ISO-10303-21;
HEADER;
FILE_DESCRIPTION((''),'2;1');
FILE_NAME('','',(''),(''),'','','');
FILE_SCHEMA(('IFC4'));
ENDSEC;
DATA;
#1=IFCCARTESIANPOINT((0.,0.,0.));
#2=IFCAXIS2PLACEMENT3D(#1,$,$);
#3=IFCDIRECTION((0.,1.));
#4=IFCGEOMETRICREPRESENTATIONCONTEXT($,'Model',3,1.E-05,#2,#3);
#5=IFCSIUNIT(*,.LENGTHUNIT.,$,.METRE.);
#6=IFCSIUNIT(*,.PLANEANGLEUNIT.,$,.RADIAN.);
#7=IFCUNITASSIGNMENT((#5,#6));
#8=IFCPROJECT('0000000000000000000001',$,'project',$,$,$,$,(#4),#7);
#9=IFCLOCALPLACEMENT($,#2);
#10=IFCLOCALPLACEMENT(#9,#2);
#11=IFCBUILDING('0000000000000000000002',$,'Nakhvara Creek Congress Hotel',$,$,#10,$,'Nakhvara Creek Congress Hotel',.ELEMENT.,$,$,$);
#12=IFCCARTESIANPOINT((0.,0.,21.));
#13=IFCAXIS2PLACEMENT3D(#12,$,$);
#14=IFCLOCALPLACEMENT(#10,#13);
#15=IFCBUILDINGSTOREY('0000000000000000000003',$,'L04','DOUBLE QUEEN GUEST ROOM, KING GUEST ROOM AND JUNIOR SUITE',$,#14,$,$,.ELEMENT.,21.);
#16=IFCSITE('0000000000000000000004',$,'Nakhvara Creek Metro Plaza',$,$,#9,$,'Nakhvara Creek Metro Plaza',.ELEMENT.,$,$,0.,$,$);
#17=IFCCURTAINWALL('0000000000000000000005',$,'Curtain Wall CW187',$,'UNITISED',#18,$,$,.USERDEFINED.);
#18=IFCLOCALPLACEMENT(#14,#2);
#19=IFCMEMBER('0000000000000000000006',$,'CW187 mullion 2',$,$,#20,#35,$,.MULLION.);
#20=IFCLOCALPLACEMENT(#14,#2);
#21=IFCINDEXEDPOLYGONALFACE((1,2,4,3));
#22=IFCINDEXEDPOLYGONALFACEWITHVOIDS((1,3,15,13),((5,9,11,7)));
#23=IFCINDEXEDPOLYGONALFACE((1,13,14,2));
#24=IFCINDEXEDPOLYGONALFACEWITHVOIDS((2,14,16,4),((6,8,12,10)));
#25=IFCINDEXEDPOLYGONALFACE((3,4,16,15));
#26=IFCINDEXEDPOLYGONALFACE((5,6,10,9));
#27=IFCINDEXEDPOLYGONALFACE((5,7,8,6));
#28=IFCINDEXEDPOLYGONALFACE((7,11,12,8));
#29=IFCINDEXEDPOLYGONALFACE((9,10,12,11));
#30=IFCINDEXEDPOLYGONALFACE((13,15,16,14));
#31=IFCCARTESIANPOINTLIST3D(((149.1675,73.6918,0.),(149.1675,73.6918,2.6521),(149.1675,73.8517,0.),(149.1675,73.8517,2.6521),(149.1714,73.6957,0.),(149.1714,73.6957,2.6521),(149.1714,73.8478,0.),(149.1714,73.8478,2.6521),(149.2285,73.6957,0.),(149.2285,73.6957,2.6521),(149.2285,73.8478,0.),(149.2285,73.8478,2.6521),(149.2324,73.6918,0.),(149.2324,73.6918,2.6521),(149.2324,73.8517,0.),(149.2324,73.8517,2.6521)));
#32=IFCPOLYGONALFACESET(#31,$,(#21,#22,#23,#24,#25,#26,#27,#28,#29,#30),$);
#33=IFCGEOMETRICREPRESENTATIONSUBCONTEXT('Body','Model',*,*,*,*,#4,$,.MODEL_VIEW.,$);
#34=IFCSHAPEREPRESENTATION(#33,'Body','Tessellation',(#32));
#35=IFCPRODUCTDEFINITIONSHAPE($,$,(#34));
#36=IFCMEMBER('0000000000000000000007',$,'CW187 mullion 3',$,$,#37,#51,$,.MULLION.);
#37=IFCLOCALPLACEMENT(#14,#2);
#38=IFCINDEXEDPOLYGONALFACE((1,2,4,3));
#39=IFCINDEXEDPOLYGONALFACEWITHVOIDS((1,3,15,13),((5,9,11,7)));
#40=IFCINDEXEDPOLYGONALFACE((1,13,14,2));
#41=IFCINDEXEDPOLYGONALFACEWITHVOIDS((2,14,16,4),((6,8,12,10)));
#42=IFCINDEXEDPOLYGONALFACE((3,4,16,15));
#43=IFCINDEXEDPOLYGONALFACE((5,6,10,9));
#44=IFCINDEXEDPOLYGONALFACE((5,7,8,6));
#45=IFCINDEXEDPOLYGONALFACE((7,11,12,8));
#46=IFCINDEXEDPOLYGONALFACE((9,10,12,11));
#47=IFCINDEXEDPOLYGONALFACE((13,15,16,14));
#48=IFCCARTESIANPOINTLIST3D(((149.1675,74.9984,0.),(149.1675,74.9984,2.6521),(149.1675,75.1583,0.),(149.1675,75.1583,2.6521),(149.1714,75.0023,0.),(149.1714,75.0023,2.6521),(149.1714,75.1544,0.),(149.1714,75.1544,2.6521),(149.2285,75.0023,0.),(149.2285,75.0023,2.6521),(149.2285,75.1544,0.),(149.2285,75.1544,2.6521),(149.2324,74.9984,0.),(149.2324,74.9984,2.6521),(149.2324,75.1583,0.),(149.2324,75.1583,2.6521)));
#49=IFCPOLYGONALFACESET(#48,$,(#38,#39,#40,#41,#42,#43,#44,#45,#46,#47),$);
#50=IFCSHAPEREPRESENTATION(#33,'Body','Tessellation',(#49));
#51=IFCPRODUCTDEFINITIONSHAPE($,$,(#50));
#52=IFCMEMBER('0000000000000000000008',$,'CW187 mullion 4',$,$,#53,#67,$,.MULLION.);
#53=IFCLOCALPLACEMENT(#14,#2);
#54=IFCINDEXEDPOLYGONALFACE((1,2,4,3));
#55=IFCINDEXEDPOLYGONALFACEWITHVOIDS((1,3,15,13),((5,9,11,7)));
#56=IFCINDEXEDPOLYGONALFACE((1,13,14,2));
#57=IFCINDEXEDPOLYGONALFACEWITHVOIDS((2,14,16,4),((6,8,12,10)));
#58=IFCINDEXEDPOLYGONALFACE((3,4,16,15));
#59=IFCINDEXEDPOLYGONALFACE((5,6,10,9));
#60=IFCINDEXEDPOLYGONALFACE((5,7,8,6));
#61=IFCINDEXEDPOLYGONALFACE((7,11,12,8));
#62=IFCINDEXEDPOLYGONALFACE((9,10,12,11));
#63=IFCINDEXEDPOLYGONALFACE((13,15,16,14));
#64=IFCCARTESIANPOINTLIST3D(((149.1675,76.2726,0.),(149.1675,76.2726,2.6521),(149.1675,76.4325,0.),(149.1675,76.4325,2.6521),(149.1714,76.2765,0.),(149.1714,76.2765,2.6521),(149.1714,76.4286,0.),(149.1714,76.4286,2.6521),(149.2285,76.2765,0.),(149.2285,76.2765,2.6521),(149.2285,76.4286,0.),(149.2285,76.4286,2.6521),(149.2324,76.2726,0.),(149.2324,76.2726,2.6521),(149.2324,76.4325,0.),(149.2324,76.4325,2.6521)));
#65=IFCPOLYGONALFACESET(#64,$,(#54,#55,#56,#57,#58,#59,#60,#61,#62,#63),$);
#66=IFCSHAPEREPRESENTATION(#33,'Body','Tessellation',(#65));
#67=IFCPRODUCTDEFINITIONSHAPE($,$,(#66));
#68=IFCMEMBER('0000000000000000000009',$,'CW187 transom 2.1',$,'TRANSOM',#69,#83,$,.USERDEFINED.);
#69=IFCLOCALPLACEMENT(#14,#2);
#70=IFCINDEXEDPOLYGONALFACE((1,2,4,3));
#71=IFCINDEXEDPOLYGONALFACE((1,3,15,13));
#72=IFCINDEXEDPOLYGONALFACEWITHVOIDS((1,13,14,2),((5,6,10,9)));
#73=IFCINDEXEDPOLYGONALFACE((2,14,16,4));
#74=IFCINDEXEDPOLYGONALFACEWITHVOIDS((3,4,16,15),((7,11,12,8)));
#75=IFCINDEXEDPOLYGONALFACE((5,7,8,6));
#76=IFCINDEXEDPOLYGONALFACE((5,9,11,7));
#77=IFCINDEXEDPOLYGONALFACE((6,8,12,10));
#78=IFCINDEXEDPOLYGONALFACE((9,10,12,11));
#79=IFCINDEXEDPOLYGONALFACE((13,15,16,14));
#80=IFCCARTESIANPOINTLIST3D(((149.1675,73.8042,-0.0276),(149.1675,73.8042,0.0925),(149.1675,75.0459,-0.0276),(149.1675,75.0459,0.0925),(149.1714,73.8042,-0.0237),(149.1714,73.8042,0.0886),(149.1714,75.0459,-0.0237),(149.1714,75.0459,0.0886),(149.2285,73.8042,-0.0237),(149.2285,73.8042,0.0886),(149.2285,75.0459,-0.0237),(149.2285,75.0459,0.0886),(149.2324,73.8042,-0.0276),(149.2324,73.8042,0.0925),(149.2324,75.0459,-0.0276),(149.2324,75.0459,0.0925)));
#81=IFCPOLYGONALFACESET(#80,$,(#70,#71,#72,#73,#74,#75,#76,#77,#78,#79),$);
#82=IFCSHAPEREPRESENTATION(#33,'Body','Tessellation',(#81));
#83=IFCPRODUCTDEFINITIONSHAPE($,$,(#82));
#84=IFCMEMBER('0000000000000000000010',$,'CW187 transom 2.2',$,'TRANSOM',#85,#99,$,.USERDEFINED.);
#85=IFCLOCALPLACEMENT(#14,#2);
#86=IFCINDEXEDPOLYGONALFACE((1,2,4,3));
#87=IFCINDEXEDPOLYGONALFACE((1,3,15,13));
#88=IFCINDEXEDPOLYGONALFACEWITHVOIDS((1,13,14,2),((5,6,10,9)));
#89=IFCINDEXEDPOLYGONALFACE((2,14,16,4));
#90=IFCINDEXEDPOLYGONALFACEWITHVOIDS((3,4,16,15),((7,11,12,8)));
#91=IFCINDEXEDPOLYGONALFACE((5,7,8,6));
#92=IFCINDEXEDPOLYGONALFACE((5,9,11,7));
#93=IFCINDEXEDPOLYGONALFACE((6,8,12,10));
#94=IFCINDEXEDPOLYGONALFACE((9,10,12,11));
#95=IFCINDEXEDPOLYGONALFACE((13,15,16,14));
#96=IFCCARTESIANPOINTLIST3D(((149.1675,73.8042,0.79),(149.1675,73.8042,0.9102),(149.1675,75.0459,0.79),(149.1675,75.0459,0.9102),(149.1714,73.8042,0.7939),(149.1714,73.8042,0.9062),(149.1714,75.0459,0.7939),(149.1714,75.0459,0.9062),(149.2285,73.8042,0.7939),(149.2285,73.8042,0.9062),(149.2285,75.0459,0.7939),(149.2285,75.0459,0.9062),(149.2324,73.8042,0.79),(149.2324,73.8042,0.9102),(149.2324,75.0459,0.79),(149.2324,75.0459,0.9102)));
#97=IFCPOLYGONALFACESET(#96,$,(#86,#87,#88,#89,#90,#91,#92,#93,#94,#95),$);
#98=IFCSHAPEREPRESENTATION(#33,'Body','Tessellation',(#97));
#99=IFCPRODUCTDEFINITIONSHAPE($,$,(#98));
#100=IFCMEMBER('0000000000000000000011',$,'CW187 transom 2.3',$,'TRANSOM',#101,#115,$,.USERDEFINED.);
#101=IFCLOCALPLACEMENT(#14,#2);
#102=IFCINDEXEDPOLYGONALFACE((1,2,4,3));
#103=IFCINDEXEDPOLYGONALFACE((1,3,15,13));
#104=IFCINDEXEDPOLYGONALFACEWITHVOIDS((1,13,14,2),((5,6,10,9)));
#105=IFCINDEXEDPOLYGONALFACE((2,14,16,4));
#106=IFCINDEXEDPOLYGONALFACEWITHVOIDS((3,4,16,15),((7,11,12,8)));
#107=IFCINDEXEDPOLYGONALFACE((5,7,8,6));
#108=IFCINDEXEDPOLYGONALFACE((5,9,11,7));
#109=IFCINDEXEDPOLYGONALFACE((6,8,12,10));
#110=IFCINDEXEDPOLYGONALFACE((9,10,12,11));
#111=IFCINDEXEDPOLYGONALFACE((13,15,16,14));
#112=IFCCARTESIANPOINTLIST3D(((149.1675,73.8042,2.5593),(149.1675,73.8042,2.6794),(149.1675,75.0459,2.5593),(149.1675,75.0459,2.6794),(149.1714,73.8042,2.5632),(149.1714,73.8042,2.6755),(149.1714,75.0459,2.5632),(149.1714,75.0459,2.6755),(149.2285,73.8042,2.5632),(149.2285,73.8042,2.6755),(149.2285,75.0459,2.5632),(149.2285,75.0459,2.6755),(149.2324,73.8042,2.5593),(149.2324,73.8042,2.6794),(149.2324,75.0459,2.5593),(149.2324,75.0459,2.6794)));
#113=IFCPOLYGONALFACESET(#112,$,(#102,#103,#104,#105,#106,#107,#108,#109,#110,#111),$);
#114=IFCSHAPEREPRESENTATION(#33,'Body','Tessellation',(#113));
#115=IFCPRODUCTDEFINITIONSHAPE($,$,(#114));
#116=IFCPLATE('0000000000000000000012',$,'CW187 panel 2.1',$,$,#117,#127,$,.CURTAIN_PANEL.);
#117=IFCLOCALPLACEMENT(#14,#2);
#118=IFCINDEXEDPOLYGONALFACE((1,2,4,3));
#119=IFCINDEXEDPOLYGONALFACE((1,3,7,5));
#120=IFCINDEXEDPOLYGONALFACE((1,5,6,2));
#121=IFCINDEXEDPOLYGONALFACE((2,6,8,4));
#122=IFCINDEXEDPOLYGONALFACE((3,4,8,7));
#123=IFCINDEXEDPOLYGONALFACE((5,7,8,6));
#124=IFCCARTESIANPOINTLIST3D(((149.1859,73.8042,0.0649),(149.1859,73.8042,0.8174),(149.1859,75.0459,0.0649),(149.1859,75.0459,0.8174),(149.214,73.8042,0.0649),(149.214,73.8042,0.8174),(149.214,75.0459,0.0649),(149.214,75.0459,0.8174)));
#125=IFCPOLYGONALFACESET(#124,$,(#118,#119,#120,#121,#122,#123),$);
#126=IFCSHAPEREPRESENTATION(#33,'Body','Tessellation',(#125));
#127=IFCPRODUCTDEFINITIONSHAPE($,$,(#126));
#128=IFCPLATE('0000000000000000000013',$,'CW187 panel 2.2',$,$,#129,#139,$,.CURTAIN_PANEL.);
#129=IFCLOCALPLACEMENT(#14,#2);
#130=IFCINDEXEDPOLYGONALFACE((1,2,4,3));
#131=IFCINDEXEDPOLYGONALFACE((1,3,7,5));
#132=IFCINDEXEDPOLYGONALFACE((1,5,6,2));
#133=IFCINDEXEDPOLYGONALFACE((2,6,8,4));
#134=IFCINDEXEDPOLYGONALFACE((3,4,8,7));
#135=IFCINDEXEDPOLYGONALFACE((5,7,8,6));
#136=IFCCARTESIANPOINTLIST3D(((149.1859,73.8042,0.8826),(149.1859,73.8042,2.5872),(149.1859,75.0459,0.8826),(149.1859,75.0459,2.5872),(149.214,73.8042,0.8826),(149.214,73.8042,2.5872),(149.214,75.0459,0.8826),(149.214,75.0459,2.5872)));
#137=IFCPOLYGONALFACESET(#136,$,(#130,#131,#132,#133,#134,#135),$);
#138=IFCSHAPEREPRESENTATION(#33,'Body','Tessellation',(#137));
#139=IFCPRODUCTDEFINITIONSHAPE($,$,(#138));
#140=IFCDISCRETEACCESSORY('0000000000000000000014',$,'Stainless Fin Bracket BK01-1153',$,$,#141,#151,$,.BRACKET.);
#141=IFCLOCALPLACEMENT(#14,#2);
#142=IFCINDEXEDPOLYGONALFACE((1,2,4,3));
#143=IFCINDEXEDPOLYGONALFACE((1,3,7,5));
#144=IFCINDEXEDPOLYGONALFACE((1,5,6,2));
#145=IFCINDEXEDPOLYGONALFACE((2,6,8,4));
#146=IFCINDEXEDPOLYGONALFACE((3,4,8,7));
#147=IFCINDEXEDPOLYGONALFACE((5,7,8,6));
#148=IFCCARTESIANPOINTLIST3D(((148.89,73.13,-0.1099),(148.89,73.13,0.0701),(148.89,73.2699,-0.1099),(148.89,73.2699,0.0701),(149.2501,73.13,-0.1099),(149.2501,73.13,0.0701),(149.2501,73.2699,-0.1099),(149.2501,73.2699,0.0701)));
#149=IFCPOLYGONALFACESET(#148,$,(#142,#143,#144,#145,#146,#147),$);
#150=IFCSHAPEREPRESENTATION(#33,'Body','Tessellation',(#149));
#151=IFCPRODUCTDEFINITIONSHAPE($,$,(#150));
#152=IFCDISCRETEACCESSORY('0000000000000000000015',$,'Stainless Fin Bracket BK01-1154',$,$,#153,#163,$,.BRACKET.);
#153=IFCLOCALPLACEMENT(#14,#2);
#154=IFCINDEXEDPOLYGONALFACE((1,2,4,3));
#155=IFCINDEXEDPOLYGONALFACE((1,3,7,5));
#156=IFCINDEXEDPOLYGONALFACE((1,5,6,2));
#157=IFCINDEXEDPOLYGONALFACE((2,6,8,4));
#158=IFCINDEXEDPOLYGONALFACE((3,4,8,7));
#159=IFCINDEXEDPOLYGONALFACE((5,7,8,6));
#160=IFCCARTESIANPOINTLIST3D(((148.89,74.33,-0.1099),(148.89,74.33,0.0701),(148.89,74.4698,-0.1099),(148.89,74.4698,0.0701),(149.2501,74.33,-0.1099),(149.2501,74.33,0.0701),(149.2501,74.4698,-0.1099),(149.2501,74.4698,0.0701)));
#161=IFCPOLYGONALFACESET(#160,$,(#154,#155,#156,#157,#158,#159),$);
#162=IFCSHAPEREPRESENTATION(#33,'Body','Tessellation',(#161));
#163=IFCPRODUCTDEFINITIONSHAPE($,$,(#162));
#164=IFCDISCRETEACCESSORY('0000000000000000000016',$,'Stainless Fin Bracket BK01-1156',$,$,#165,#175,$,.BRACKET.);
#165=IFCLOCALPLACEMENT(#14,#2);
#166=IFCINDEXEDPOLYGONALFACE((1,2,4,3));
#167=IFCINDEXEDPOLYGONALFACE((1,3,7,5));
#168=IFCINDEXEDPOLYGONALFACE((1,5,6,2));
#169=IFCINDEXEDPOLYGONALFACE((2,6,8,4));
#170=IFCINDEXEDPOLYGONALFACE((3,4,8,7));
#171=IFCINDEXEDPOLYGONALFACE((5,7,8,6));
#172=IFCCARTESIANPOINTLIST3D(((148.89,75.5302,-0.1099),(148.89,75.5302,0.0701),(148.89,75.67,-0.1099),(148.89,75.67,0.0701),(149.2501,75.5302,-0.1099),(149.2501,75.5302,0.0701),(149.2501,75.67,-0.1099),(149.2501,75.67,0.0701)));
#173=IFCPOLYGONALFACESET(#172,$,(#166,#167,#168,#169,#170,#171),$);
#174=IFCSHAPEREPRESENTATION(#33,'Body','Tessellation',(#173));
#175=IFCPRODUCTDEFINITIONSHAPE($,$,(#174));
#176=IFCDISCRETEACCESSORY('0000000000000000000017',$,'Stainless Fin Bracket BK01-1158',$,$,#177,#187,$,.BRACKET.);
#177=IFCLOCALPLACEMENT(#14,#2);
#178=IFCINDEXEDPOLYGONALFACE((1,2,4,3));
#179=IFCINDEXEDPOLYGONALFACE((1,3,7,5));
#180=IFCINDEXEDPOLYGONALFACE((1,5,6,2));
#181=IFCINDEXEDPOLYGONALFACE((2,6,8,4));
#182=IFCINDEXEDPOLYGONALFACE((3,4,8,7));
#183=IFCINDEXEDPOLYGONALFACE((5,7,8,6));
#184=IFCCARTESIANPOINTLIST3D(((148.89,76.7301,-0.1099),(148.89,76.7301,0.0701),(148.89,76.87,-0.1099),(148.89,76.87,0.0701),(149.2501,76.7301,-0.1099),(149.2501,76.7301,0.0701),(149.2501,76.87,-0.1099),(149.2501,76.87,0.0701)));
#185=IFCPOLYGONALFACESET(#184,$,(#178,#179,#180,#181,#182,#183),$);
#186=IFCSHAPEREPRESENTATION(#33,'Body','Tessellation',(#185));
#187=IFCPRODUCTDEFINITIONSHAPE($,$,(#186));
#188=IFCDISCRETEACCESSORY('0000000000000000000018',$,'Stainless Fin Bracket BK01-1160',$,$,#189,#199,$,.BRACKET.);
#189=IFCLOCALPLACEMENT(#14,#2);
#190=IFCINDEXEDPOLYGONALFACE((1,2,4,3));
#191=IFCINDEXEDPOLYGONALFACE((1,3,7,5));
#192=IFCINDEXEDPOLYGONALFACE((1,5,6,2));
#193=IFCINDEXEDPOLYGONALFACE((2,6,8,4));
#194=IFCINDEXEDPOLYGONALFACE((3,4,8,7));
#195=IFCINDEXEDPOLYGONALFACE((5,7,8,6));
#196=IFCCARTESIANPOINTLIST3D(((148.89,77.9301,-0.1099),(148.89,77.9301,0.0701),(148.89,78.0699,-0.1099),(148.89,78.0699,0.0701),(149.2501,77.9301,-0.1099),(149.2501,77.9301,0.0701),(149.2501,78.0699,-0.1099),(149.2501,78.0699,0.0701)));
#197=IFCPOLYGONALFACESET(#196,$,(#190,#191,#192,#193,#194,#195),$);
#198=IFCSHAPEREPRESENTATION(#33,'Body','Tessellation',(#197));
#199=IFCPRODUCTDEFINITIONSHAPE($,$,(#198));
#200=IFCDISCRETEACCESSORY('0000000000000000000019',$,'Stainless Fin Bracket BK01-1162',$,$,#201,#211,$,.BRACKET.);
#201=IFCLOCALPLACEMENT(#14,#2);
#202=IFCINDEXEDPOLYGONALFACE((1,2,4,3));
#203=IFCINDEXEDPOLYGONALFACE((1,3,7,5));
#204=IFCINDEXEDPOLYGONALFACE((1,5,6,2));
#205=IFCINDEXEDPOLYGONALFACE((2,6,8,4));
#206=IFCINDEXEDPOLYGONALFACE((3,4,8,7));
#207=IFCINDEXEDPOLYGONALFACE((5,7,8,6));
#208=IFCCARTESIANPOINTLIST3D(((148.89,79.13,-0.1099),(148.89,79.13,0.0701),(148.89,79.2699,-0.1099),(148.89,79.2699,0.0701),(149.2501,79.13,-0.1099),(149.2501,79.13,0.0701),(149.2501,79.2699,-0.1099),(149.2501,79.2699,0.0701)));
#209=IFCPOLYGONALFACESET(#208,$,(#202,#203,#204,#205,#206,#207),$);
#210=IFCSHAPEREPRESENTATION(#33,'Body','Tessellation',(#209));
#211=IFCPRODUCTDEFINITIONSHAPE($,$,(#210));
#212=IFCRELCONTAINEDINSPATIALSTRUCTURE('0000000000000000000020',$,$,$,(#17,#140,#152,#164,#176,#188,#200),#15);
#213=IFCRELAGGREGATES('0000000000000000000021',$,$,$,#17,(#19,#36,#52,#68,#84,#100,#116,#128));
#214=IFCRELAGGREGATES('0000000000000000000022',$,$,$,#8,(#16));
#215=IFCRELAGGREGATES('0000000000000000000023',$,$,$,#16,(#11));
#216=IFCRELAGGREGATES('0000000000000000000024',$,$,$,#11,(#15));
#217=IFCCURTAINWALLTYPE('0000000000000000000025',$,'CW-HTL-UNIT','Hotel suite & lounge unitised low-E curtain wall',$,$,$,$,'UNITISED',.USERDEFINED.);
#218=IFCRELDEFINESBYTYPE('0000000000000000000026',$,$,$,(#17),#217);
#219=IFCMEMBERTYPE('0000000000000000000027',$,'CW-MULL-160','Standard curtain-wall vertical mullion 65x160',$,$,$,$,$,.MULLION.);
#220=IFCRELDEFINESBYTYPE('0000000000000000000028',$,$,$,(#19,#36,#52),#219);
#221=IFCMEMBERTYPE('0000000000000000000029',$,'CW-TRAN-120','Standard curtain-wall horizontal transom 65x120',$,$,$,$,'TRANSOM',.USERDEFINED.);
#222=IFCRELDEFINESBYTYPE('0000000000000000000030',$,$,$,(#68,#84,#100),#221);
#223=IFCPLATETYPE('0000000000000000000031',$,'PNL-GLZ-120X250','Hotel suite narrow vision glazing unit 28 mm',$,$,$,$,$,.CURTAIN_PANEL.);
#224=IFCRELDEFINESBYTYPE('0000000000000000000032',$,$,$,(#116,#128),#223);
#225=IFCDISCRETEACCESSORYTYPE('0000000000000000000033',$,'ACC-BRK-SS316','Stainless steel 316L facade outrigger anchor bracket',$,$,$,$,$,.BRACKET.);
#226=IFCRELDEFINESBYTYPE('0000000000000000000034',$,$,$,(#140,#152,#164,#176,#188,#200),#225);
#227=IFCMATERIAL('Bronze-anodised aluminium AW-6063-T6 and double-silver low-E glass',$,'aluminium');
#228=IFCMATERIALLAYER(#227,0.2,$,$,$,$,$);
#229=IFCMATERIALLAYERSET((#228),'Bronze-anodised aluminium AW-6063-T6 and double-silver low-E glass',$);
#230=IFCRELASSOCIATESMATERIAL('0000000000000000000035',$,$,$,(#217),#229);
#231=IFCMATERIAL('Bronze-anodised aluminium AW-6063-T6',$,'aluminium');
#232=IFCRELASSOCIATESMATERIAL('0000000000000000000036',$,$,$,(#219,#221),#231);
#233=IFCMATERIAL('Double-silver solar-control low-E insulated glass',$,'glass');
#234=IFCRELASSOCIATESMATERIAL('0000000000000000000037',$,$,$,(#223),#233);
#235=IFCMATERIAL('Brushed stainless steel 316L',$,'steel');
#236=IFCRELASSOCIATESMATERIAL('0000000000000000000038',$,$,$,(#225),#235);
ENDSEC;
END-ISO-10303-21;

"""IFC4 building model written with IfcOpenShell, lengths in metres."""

from ifc_helpers import new_model, si_unit, direction, frame, origin, origin_2d, place, context, subcontext, project, spatial, rectangle, hollow_rectangle, extrude, material, layer, layer_set, material_profile, profile_set, type_object, element, aggregate, save


model = new_model("IFC4")

# Units and contexts
model_context = context("Model", 3, precision=1e-05, world=origin(), true_north=direction((0.0, 1.0)))
body_context = subcontext(model_context, "Body", "Model", "MODEL_VIEW")
ifc_project = project(units=[si_unit("LENGTHUNIT", "METRE"), si_unit("PLANEANGLEUNIT", "RADIAN")], contexts=[model_context])

# Site, building, storey
site_placement = place(None, origin())
site = spatial("IfcSite", under=ifc_project, at=site_placement, Name="Nakhvara Creek Metro Plaza", LongName="Nakhvara Creek Metro Plaza", CompositionType="ELEMENT", RefElevation=0.0)
building_placement = place(site_placement, origin())
building = spatial("IfcBuilding", under=site, at=building_placement, Name="Nakhvara Creek Congress Hotel", LongName="Nakhvara Creek Congress Hotel", CompositionType="ELEMENT")
storey_placement = place(building_placement, frame((0.0, 0.0, 21.0)))
storey = spatial("IfcBuildingStorey", under=building, at=storey_placement, Name="L04", Description="DOUBLE QUEEN GUEST ROOM, KING GUEST ROOM AND JUNIOR SUITE", CompositionType="ELEMENT", Elevation=21.0)

# Curtain wall, members, plates
ifc_material_1 = material(Name="Bronze-anodised aluminium AW-6063-T6 and double-silver low-E glass", Category="aluminium")
ifc_layer = layer(ifc_material_1, 0.2)
ifc_layer_set = layer_set([ifc_layer], Name="Bronze-anodised aluminium AW-6063-T6 and double-silver low-E glass")
curtain_wall_type = type_object("IfcCurtainWallType", Name="CW-HTL-UNIT", Description="Hotel suite & lounge unitised low-E curtain wall", ElementType="UNITISED", PredefinedType="USERDEFINED", material=ifc_layer_set)
curtain_wall_placement = place(storey_placement, origin())
curtain_wall = element("IfcCurtainWall", 1, at=curtain_wall_placement, inside=storey, type_object=curtain_wall_type, Name="Curtain Wall CW187", ObjectType="UNITISED", PredefinedType="USERDEFINED")
ifc_material_2 = material(Name="Bronze-anodised aluminium AW-6063-T6", Category="aluminium")
ifc_material_profile_1 = material_profile(ifc_material_2, hollow_rectangle(XDim=0.0649, YDim=0.1599, WallThickness=0.0039, at=origin_2d()), Name="ALU-MULL 65x160x4", Category="LoadBearing")
ifc_profile_set_1 = profile_set([ifc_material_profile_1], Name="Bronze-anodised aluminium AW-6063-T6")
member_type_1 = type_object("IfcMemberType", Name="CW-MULL-160", Description="Standard curtain-wall vertical mullion 65x160", PredefinedType="MULLION", material=ifc_profile_set_1)
member_1_placement = place(storey_placement, frame((149.2, 73.7717, 0.0), z_axis=(0.0, 0.0, 1.0), x_axis=(-1.0, 0.0, 0.0)))
member_1 = element("IfcMember", 2, at=member_1_placement, type_object=member_type_1, Name="CW187 mullion 2", PredefinedType="MULLION", context=body_context, shape_type="SweptSolid", body=[
    extrude(hollow_rectangle(XDim=0.0649, YDim=0.1599, WallThickness=0.0039, at=origin_2d()), origin(), (0.0, 0.0, 1.0), 2.6521),
])
member_2_placement = place(storey_placement, frame((149.2, 75.0784, 0.0), z_axis=(0.0, 0.0, 1.0), x_axis=(-1.0, 0.0, 0.0)))
member_2 = element("IfcMember", 3, at=member_2_placement, type_object=member_type_1, Name="CW187 mullion 3", PredefinedType="MULLION", context=body_context, shape_type="SweptSolid", body=[
    extrude(hollow_rectangle(XDim=0.0649, YDim=0.1599, WallThickness=0.0039, at=origin_2d()), origin(), (0.0, 0.0, 1.0), 2.6521),
])
member_3_placement = place(storey_placement, frame((149.2, 76.3525, 0.0), z_axis=(0.0, 0.0, 1.0), x_axis=(-1.0, 0.0, 0.0)))
member_3 = element("IfcMember", 4, at=member_3_placement, type_object=member_type_1, Name="CW187 mullion 4", PredefinedType="MULLION", context=body_context, shape_type="SweptSolid", body=[
    extrude(hollow_rectangle(XDim=0.0649, YDim=0.1599, WallThickness=0.0039, at=origin_2d()), origin(), (0.0, 0.0, 1.0), 2.6521),
])
ifc_material_profile_2 = material_profile(ifc_material_2, hollow_rectangle(XDim=0.0649, YDim=0.1201, WallThickness=0.0039, at=origin_2d()), Name="ALU-TRAN 65x120x4", Category="LoadBearing")
ifc_profile_set_2 = profile_set([ifc_material_profile_2], Name="Bronze-anodised aluminium AW-6063-T6")
member_type_2 = type_object("IfcMemberType", Name="CW-TRAN-120", Description="Standard curtain-wall horizontal transom 65x120", ElementType="TRANSOM", PredefinedType="USERDEFINED", material=ifc_profile_set_2)
member_4_placement = place(storey_placement, frame((149.2, 73.8042, 0.0325), z_axis=(0.0, 1.0, 0.0), x_axis=(-1.0, 0.0, 0.0)))
member_4 = element("IfcMember", 5, at=member_4_placement, type_object=member_type_2, Name="CW187 transom 2.1", ObjectType="TRANSOM", PredefinedType="USERDEFINED", context=body_context, shape_type="SweptSolid", body=[
    extrude(hollow_rectangle(XDim=0.0649, YDim=0.1201, WallThickness=0.0039, at=origin_2d()), origin(), (0.0, 0.0, 1.0), 1.2417),
])
member_5_placement = place(storey_placement, frame((149.2, 73.8042, 0.8501), z_axis=(0.0, 1.0, 0.0), x_axis=(-1.0, 0.0, 0.0)))
member_5 = element("IfcMember", 6, at=member_5_placement, type_object=member_type_2, Name="CW187 transom 2.2", ObjectType="TRANSOM", PredefinedType="USERDEFINED", context=body_context, shape_type="SweptSolid", body=[
    extrude(hollow_rectangle(XDim=0.0649, YDim=0.1201, WallThickness=0.0039, at=origin_2d()), origin(), (0.0, 0.0, 1.0), 1.2417),
])
member_6_placement = place(storey_placement, frame((149.2, 73.8042, 2.6194), z_axis=(0.0, 1.0, 0.0), x_axis=(-1.0, 0.0, 0.0)))
member_6 = element("IfcMember", 7, at=member_6_placement, type_object=member_type_2, Name="CW187 transom 2.3", ObjectType="TRANSOM", PredefinedType="USERDEFINED", context=body_context, shape_type="SweptSolid", body=[
    extrude(hollow_rectangle(XDim=0.0649, YDim=0.1201, WallThickness=0.0039, at=origin_2d()), origin(), (0.0, 0.0, 1.0), 1.2417),
])
ifc_material_3 = material(Name="Double-silver solar-control low-E insulated glass", Category="glass")
plate_type = type_object("IfcPlateType", Name="PNL-GLZ-120X250", Description="Hotel suite narrow vision glazing unit 28 mm", PredefinedType="CURTAIN_PANEL", material=ifc_material_3)
plate_1_placement = place(storey_placement, frame((149.2, 74.425, 0.0649), z_axis=(0.0, 0.0, 1.0), x_axis=(0.0, 1.0, 0.0)))
plate_1 = element("IfcPlate", 8, at=plate_1_placement, type_object=plate_type, Name="CW187 panel 2.1", PredefinedType="CURTAIN_PANEL", context=body_context, shape_type="SweptSolid", body=[
    extrude(rectangle(XDim=1.2417, YDim=0.0281, at=origin_2d()), origin(), (0.0, 0.0, 1.0), 0.7524),
])
plate_2_placement = place(storey_placement, frame((149.2, 74.425, 0.8826), z_axis=(0.0, 0.0, 1.0), x_axis=(0.0, 1.0, 0.0)))
plate_2 = element("IfcPlate", 9, at=plate_2_placement, type_object=plate_type, Name="CW187 panel 2.2", PredefinedType="CURTAIN_PANEL", context=body_context, shape_type="SweptSolid", body=[
    extrude(rectangle(XDim=1.2417, YDim=0.0281, at=origin_2d()), origin(), (0.0, 0.0, 1.0), 1.7046),
])
aggregate(curtain_wall, [member_1, member_2, member_3, member_4, member_5, member_6, plate_1, plate_2])

# Discrete accessories
ifc_material_4 = material(Name="Brushed stainless steel 316L", Category="steel")
discrete_accessory_type = type_object("IfcDiscreteAccessoryType", Name="ACC-BRK-SS316", Description="Stainless steel 316L facade outrigger anchor bracket", PredefinedType="BRACKET", material=ifc_material_4)
for number, where, z_axis, x_axis, name in (
    (10, (149.0701, 73.2, -0.1099), (0.0, 0.0, 1.0), (0.0, 1.0, 0.0), "Stainless Fin Bracket BK01-1153"),
    (11, (149.0701, 74.3999, -0.1099), (0.0, 0.0, 1.0), (0.0, 1.0, 0.0), "Stainless Fin Bracket BK01-1154"),
    (12, (149.0701, 75.6001, -0.1099), (0.0, 0.0, 1.0), (0.0, 1.0, 0.0), "Stainless Fin Bracket BK01-1156"),
    (13, (149.0701, 76.8, -0.1099), (0.0, 0.0, 1.0), (0.0, 1.0, 0.0), "Stainless Fin Bracket BK01-1158"),
    (14, (149.0701, 78.0, -0.1099), (0.0, 0.0, 1.0), (0.0, 1.0, 0.0), "Stainless Fin Bracket BK01-1160"),
    (15, (149.0701, 79.2, -0.1099), (0.0, 0.0, 1.0), (0.0, 1.0, 0.0), "Stainless Fin Bracket BK01-1162"),
):
    element("IfcDiscreteAccessory", number, at=place(storey_placement, frame(where, z_axis=z_axis, x_axis=x_axis)), inside=storey, type_object=discrete_accessory_type, Name=name, PredefinedType="BRACKET", context=body_context, shape_type="SweptSolid", body=[
        extrude(rectangle(XDim=0.1399, YDim=0.3601, at=origin_2d()), origin(), (0.0, 0.0, 1.0), 0.1799),
    ])

save(model, "model.ifc")
